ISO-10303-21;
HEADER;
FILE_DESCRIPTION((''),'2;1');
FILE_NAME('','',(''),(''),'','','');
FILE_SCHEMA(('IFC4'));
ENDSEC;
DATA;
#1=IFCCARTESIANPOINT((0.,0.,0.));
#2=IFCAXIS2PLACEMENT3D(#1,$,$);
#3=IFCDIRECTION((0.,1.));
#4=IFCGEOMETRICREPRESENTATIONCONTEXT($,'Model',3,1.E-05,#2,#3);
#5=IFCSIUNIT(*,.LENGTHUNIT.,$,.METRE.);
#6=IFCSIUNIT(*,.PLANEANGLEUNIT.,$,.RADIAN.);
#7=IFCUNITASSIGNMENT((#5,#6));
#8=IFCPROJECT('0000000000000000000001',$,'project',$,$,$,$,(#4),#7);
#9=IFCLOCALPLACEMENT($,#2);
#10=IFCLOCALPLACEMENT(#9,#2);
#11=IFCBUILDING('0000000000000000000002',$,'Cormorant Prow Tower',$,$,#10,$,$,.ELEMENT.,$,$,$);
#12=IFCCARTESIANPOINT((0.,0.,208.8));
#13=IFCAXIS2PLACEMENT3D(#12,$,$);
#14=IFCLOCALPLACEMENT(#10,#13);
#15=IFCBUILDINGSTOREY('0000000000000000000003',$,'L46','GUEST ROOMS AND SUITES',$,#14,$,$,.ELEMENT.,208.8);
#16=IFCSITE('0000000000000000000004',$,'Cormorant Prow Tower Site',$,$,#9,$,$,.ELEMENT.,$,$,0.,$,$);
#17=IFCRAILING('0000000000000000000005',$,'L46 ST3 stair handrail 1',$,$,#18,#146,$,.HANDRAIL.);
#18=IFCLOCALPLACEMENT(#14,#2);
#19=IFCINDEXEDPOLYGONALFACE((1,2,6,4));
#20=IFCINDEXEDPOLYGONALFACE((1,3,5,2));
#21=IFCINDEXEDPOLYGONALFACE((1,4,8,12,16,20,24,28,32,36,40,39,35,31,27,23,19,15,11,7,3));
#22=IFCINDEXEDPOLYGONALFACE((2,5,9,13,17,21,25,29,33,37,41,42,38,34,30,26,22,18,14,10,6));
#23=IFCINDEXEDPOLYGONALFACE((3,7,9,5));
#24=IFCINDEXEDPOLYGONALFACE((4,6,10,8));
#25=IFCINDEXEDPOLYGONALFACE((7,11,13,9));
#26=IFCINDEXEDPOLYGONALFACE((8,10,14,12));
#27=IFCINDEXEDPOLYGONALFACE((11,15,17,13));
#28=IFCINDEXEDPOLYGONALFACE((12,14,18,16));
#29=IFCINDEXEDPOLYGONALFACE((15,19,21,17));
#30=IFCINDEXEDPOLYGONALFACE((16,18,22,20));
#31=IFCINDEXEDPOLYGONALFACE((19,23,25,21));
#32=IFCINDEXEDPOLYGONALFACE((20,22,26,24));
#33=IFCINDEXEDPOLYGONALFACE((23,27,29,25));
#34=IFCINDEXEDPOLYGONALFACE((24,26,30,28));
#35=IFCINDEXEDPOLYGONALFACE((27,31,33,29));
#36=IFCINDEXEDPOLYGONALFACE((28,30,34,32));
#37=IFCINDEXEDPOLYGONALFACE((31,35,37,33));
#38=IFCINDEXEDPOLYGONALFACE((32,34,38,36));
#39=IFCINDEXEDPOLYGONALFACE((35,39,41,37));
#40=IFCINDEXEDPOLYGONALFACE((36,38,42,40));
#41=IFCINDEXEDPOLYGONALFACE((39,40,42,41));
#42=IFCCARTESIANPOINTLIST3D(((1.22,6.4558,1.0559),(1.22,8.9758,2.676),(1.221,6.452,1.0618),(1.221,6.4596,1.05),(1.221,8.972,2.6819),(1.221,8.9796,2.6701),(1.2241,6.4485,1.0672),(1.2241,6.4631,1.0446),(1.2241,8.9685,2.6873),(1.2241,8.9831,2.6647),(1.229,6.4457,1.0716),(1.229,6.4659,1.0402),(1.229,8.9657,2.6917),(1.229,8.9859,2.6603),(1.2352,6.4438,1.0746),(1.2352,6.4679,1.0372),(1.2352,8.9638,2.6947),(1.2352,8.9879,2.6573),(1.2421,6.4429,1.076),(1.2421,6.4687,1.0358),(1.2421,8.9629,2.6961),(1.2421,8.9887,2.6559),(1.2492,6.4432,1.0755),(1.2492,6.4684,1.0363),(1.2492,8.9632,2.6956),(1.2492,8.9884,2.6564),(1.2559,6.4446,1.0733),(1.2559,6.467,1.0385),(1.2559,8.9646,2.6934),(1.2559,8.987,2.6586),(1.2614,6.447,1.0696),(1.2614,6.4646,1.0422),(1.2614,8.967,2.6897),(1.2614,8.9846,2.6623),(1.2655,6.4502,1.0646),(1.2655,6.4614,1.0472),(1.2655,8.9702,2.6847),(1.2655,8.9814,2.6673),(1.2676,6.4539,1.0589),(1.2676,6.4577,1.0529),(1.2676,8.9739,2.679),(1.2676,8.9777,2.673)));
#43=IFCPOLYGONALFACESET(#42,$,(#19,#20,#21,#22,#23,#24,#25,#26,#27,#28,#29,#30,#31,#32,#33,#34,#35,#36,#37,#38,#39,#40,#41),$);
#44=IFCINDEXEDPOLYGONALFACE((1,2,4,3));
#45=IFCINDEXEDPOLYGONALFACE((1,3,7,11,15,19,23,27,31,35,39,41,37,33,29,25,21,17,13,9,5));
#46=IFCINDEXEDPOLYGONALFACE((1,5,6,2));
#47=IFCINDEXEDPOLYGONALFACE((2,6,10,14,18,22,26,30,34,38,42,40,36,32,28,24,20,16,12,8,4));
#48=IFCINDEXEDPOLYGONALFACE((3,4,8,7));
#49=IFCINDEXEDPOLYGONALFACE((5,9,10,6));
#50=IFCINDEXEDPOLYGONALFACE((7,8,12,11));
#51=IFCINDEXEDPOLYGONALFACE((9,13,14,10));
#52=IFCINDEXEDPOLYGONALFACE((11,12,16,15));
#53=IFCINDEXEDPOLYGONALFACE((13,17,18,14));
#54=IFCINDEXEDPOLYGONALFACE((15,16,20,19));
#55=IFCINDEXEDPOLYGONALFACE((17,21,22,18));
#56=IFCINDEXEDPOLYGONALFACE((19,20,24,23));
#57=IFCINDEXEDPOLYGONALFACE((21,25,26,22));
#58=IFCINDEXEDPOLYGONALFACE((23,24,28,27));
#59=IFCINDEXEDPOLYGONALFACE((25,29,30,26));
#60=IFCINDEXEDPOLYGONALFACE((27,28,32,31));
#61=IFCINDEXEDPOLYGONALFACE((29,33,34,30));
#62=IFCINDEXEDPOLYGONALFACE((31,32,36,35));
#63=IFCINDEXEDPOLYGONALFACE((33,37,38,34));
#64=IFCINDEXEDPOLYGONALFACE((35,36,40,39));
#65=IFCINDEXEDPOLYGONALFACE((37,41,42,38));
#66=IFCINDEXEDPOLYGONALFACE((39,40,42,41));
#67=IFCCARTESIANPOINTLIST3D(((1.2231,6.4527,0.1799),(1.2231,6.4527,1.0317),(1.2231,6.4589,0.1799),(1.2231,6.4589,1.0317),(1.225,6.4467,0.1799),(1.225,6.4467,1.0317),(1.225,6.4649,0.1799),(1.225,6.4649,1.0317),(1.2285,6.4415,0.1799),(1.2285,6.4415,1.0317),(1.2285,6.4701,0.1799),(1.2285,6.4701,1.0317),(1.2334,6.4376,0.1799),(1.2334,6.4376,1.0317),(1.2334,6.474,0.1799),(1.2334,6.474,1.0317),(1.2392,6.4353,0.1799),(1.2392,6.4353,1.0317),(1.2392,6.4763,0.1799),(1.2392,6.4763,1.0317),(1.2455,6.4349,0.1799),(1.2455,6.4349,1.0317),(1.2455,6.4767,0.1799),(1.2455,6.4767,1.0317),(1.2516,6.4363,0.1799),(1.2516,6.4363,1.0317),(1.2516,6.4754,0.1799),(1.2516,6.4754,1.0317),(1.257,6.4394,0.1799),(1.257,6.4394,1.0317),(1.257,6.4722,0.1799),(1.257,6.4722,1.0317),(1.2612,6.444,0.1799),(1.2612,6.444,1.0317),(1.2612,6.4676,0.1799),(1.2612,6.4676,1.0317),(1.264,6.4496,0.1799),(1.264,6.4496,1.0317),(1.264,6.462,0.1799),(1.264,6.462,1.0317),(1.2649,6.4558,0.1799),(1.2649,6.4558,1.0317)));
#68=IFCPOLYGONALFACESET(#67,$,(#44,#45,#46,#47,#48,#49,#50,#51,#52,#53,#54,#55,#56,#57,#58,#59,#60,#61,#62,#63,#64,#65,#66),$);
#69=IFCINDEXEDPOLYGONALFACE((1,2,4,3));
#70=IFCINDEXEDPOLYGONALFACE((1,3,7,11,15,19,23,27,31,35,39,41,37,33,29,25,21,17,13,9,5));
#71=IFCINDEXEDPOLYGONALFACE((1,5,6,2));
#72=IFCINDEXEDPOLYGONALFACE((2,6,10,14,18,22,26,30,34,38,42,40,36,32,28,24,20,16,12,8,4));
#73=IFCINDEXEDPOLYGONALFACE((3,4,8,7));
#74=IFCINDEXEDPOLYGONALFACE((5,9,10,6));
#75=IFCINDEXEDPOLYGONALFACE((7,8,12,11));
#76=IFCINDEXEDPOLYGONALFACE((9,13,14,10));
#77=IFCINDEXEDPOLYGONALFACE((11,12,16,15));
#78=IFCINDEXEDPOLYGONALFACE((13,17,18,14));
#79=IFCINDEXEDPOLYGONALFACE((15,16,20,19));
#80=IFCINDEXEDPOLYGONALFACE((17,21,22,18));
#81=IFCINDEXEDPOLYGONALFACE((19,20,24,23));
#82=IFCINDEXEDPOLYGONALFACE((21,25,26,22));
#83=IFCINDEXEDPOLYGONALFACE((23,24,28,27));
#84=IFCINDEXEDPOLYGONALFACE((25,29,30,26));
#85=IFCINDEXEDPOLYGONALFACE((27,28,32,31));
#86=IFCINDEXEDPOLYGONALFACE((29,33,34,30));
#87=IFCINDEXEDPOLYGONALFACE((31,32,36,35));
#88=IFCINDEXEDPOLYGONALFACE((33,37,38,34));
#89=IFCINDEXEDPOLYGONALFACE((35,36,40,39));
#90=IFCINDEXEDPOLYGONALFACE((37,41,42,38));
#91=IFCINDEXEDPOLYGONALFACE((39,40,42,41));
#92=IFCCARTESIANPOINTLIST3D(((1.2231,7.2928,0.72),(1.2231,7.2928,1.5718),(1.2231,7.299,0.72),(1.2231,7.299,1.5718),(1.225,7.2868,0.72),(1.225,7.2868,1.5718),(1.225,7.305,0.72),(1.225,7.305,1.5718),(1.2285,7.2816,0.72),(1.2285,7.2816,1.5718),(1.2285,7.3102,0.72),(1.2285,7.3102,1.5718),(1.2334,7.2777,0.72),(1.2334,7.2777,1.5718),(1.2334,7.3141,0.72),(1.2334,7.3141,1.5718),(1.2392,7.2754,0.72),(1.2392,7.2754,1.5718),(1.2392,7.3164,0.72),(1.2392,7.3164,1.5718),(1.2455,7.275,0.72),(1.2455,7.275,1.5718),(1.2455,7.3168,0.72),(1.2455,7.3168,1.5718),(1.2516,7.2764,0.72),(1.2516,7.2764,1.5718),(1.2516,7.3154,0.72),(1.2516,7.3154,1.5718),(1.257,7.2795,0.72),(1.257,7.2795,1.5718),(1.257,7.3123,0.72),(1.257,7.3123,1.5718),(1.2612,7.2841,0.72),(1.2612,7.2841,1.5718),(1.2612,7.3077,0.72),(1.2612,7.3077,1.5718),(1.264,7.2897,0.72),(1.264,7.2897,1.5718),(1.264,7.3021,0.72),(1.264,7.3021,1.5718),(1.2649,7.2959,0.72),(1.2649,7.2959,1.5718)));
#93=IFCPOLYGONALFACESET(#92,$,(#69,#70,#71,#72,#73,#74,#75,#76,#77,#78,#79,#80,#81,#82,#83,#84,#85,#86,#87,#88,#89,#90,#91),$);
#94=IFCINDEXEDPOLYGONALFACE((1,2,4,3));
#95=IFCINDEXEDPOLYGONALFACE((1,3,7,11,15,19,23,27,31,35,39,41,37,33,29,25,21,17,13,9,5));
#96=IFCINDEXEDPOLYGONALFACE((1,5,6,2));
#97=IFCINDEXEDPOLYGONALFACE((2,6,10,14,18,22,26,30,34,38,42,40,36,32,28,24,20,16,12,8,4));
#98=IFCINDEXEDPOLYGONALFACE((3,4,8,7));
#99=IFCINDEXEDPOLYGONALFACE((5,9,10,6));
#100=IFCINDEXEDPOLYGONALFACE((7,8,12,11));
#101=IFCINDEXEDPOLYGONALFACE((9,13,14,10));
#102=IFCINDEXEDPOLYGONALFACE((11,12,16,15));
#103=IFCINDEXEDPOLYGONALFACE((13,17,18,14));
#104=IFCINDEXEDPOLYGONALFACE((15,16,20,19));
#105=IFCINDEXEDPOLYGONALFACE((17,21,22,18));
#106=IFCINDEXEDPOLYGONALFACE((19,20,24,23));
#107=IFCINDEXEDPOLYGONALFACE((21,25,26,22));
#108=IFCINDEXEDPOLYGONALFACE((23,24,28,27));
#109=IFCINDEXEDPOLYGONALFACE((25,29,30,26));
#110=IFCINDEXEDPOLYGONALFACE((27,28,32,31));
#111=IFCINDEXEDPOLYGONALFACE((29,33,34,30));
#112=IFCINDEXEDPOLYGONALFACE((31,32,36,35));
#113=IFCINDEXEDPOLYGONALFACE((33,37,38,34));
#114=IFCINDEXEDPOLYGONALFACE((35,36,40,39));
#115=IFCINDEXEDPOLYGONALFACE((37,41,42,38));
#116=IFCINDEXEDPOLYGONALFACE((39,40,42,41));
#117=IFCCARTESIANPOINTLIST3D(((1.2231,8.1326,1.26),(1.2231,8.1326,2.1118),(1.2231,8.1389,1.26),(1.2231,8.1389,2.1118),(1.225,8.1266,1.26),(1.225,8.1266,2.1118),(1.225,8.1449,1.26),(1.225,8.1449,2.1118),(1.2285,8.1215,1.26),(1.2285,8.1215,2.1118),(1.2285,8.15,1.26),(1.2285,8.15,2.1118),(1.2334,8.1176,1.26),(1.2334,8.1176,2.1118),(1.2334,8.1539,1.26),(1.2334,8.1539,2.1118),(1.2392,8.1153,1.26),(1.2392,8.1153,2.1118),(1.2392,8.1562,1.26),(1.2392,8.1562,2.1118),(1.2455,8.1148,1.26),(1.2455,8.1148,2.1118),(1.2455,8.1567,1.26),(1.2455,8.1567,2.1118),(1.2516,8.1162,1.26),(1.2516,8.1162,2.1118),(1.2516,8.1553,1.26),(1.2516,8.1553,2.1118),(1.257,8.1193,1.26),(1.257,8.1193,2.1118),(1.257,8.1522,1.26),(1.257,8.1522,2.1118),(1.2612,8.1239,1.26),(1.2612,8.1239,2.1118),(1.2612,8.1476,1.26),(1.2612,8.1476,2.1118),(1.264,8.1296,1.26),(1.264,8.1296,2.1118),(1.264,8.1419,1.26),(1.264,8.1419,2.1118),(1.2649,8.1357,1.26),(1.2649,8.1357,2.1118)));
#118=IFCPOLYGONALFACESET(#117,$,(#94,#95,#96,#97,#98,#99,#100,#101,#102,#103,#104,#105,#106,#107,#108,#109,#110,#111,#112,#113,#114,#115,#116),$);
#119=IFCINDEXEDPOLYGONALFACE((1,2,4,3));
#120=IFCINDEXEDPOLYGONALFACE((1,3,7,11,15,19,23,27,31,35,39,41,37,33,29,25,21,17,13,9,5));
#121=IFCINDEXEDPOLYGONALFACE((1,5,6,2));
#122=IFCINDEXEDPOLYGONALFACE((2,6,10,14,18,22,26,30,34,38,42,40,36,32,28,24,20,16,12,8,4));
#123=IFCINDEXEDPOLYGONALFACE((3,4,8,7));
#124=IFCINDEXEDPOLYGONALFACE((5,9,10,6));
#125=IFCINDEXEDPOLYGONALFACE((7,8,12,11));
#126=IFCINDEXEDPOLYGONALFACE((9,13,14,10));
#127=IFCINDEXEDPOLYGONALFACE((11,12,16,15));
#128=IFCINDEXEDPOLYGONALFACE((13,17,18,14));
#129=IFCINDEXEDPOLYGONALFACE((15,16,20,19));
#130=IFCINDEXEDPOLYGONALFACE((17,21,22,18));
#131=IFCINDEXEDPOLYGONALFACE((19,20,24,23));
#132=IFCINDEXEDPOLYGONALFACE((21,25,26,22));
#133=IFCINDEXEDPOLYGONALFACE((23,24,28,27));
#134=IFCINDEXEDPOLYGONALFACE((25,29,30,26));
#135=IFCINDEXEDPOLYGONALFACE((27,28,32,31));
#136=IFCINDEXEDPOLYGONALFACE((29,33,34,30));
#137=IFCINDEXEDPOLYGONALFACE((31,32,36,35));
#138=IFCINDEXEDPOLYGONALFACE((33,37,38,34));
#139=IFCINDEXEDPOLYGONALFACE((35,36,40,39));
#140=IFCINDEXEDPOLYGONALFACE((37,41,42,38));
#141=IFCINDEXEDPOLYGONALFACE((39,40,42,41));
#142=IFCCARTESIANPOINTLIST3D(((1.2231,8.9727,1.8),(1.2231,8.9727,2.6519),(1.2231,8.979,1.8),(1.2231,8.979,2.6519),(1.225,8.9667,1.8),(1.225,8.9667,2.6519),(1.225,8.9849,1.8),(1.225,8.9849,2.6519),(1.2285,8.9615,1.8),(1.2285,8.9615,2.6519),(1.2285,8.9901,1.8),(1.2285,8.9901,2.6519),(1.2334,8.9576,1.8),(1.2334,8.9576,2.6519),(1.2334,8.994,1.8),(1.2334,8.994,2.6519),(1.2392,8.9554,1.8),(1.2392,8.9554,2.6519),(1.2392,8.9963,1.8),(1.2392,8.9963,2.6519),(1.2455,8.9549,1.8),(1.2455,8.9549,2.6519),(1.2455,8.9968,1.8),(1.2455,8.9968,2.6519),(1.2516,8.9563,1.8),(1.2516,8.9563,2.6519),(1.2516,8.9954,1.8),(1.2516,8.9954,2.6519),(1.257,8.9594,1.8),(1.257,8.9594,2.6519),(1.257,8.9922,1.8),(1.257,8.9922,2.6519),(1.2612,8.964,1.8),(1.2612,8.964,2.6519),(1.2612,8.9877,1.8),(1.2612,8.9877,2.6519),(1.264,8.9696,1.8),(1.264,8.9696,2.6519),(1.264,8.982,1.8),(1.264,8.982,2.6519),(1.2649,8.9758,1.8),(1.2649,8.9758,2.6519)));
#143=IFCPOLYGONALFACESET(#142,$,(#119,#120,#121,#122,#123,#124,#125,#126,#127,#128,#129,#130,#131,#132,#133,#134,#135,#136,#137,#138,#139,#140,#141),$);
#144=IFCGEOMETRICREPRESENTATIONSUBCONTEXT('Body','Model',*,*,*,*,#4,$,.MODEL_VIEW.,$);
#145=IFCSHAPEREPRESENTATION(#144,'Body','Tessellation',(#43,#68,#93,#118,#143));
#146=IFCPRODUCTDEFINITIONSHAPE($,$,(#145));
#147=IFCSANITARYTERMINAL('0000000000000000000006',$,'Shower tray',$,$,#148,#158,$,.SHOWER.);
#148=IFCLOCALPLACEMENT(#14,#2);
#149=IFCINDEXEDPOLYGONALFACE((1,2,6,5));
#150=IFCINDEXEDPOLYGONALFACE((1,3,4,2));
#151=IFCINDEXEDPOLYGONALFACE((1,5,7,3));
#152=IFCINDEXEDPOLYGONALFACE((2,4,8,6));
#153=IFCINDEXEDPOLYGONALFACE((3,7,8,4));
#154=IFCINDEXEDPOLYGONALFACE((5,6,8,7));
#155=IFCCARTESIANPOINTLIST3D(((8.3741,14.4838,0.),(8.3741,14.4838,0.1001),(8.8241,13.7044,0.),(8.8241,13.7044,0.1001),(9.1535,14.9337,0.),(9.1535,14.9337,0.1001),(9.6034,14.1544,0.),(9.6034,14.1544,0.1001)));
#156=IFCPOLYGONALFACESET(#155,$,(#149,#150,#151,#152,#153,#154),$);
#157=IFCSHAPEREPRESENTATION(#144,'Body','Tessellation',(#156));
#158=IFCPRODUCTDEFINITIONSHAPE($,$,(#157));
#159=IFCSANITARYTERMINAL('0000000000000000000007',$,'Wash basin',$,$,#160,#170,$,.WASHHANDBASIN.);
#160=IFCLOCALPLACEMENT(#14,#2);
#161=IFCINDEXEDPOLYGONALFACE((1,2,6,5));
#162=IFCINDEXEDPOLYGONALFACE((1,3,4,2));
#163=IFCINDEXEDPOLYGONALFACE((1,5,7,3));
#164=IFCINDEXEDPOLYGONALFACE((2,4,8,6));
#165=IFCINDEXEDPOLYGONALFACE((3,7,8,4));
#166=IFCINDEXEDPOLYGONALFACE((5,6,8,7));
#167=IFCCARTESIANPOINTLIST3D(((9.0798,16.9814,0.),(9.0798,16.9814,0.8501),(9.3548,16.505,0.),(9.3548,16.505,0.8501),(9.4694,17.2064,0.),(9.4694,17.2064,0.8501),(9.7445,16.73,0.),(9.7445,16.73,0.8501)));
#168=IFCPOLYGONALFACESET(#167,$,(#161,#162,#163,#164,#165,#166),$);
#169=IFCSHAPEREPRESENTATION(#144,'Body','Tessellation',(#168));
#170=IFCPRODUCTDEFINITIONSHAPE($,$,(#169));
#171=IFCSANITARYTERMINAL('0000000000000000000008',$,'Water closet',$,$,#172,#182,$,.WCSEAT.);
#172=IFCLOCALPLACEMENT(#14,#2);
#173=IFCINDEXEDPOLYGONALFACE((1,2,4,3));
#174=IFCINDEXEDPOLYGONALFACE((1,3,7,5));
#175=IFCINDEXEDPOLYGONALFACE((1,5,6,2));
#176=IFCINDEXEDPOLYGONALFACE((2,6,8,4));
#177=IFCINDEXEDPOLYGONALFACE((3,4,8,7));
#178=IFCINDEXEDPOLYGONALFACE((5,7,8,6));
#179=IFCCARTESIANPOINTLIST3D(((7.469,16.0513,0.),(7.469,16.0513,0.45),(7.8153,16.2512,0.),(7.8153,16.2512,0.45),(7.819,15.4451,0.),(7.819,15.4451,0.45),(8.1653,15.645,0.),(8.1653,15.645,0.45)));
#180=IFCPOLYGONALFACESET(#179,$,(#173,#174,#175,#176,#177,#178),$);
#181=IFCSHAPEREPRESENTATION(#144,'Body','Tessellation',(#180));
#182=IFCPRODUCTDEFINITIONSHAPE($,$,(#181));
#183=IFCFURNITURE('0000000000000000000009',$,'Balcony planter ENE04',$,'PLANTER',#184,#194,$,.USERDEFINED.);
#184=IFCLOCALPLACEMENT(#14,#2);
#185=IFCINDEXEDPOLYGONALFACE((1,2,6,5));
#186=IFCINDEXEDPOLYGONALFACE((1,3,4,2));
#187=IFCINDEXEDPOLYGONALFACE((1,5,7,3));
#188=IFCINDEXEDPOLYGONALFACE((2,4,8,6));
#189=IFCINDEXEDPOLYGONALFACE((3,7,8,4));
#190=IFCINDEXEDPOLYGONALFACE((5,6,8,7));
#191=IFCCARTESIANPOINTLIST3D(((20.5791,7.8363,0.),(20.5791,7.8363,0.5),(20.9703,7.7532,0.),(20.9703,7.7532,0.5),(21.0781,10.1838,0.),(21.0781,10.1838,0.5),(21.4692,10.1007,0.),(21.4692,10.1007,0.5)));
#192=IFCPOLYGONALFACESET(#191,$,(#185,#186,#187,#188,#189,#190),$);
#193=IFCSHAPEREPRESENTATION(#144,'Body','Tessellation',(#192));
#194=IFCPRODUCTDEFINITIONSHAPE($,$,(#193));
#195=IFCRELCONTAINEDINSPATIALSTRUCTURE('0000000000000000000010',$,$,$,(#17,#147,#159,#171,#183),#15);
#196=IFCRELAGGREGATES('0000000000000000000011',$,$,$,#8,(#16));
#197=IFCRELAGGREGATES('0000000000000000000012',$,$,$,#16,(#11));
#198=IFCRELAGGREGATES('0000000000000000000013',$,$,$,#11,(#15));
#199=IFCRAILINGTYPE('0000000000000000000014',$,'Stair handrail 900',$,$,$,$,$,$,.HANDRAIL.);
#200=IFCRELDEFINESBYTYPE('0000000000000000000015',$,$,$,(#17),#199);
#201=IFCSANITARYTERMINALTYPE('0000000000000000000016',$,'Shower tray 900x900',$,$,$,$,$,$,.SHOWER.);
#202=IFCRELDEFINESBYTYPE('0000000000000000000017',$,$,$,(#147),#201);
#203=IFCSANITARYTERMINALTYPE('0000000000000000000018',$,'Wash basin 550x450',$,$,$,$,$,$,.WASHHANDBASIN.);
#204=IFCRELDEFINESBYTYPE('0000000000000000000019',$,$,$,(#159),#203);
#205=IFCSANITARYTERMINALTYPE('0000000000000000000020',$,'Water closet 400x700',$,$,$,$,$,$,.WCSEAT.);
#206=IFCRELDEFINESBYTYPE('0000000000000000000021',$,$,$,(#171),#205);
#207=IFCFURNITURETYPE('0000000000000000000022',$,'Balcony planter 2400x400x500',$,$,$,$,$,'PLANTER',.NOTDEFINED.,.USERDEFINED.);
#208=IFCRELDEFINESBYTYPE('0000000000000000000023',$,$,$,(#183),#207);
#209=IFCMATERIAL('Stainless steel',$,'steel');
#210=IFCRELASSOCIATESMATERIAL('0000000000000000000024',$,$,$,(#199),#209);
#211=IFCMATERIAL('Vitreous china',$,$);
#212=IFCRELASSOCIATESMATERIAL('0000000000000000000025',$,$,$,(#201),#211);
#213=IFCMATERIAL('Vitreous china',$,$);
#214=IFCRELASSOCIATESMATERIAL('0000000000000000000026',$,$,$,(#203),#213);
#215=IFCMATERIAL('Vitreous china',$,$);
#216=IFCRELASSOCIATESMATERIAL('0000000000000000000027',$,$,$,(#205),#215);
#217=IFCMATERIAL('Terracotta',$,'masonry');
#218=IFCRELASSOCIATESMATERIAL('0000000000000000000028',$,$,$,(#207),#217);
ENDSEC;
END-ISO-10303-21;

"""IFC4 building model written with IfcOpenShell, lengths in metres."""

from ifc_helpers import new_model, si_unit, direction, frame, origin, origin_2d, place, context, subcontext, project, spatial, rectangle, circle, extrude, material, type_object, element, save


model = new_model("IFC4")

# Units and contexts
model_context = context("Model", 3, precision=1e-05, world=origin(), true_north=direction((0.0, 1.0)))
body_context = subcontext(model_context, "Body", "Model", "MODEL_VIEW")
ifc_project = project(units=[si_unit("LENGTHUNIT", "METRE"), si_unit("PLANEANGLEUNIT", "RADIAN")], contexts=[model_context])

# Site, building, storey
site_placement = place(None, origin())
site = spatial("IfcSite", under=ifc_project, at=site_placement, Name="Cormorant Prow Tower Site", CompositionType="ELEMENT", RefElevation=0.0)
building_placement = place(site_placement, origin())
building = spatial("IfcBuilding", under=site, at=building_placement, Name="Cormorant Prow Tower", CompositionType="ELEMENT")
storey_placement = place(building_placement, frame((0.0, 0.0, 208.8)))
storey = spatial("IfcBuildingStorey", under=building, at=storey_placement, Name="L46", Description="GUEST ROOMS AND SUITES", CompositionType="ELEMENT", Elevation=208.8)

# Railing
ifc_material_1 = material(Name="Stainless steel", Category="steel")
railing_type_1 = type_object("IfcRailingType", Name="Stair handrail 900", PredefinedType="HANDRAIL", material=ifc_material_1)
railing_1_placement = place(storey_placement, frame((1.2439, 6.4558, 0.1799)))
element("IfcRailing", 1, at=railing_1_placement, inside=storey, type_object=railing_type_1, Name="L46 ST3 stair handrail 1", PredefinedType="HANDRAIL", context=body_context, shape_type="SweptSolid", body=[
    extrude(circle(Radius=0.0239, at=origin_2d()), frame((0.0, 0.0, 0.876), z_axis=(0.0, 0.841163, 0.540782), x_axis=(-1.0, 0.0, 0.0)), (0.0, 0.0, 1.0), 2.9958),
    extrude(circle(Radius=0.021, at=origin_2d()), origin(), (0.0, 0.0, 1.0), 0.8518),
    extrude(circle(Radius=0.021, at=origin_2d()), frame((0.0, 0.8401, 0.54)), (0.0, 0.0, 1.0), 0.8518),
    extrude(circle(Radius=0.021, at=origin_2d()), frame((0.0, 1.6799, 1.0801)), (0.0, 0.0, 1.0), 0.8518),
    extrude(circle(Radius=0.021, at=origin_2d()), frame((0.0, 2.52, 1.6201)), (0.0, 0.0, 1.0), 0.8518),
])

# Sanitary terminals
ifc_material_2 = material(Name="Vitreous china")
sanitary_terminal_type_1 = type_object("IfcSanitaryTerminalType", Name="Shower tray 900x900", PredefinedType="SHOWER", material=ifc_material_2)
sanitary_terminal_1_placement = place(storey_placement, frame((8.9888, 14.3191, 0.0), z_axis=(0.0, 0.0, 1.0), x_axis=(-0.5, 0.866025, 0.0)))
element("IfcSanitaryTerminal", 2, at=sanitary_terminal_1_placement, inside=storey, type_object=sanitary_terminal_type_1, Name="Shower tray", PredefinedType="SHOWER", context=body_context, shape_type="SweptSolid", body=[
    extrude(rectangle(XDim=0.8999, YDim=0.8999, at=origin_2d()), origin(), (0.0, 0.0, 1.0), 0.1001),
])
ifc_material_3 = material(Name="Vitreous china")
sanitary_terminal_type_2 = type_object("IfcSanitaryTerminalType", Name="Wash basin 550x450", PredefinedType="WASHHANDBASIN", material=ifc_material_3)
sanitary_terminal_2_placement = place(storey_placement, frame((9.4121, 16.8557, 0.0), z_axis=(0.0, 0.0, 1.0), x_axis=(0.5, -0.866025, 0.0)))
element("IfcSanitaryTerminal", 3, at=sanitary_terminal_2_placement, inside=storey, type_object=sanitary_terminal_type_2, Name="Wash basin", PredefinedType="WASHHANDBASIN", context=body_context, shape_type="SweptSolid", body=[
    extrude(rectangle(XDim=0.55, YDim=0.45, at=origin_2d()), origin(), (0.0, 0.0, 1.0), 0.8501),
])
ifc_material_4 = material(Name="Vitreous china")
sanitary_terminal_type_3 = type_object("IfcSanitaryTerminalType", Name="Water closet 400x700", PredefinedType="WCSEAT", material=ifc_material_4)
sanitary_terminal_3_placement = place(storey_placement, frame((7.8171, 15.8481, 0.0), z_axis=(0.0, 0.0, 1.0), x_axis=(0.866025, 0.5, 0.0)))
element("IfcSanitaryTerminal", 4, at=sanitary_terminal_3_placement, inside=storey, type_object=sanitary_terminal_type_3, Name="Water closet", PredefinedType="WCSEAT", context=body_context, shape_type="SweptSolid", body=[
    extrude(rectangle(XDim=0.3999, YDim=0.7, at=origin_2d()), origin(), (0.0, 0.0, 1.0), 0.45),
])

# Furniture
ifc_material_5 = material(Name="Terracotta", Category="masonry")
furniture_type = type_object("IfcFurnitureType", Name="Balcony planter 2400x400x500", ElementType="PLANTER", AssemblyPlace="NOTDEFINED", PredefinedType="USERDEFINED", material=ifc_material_5)
furniture_placement = place(storey_placement, frame((21.0242, 8.9685, 0.0), z_axis=(0.0, 0.0, 1.0), x_axis=(0.207912, 0.978148, 0.0)))
element("IfcFurniture", 5, at=furniture_placement, inside=storey, type_object=furniture_type, Name="Balcony planter ENE04", ObjectType="PLANTER", PredefinedType="USERDEFINED", context=body_context, shape_type="SweptSolid", body=[
    extrude(rectangle(XDim=2.3999, YDim=0.3999, at=origin_2d()), origin(), (0.0, 0.0, 1.0), 0.5),
])

save(model, "model.ifc")
